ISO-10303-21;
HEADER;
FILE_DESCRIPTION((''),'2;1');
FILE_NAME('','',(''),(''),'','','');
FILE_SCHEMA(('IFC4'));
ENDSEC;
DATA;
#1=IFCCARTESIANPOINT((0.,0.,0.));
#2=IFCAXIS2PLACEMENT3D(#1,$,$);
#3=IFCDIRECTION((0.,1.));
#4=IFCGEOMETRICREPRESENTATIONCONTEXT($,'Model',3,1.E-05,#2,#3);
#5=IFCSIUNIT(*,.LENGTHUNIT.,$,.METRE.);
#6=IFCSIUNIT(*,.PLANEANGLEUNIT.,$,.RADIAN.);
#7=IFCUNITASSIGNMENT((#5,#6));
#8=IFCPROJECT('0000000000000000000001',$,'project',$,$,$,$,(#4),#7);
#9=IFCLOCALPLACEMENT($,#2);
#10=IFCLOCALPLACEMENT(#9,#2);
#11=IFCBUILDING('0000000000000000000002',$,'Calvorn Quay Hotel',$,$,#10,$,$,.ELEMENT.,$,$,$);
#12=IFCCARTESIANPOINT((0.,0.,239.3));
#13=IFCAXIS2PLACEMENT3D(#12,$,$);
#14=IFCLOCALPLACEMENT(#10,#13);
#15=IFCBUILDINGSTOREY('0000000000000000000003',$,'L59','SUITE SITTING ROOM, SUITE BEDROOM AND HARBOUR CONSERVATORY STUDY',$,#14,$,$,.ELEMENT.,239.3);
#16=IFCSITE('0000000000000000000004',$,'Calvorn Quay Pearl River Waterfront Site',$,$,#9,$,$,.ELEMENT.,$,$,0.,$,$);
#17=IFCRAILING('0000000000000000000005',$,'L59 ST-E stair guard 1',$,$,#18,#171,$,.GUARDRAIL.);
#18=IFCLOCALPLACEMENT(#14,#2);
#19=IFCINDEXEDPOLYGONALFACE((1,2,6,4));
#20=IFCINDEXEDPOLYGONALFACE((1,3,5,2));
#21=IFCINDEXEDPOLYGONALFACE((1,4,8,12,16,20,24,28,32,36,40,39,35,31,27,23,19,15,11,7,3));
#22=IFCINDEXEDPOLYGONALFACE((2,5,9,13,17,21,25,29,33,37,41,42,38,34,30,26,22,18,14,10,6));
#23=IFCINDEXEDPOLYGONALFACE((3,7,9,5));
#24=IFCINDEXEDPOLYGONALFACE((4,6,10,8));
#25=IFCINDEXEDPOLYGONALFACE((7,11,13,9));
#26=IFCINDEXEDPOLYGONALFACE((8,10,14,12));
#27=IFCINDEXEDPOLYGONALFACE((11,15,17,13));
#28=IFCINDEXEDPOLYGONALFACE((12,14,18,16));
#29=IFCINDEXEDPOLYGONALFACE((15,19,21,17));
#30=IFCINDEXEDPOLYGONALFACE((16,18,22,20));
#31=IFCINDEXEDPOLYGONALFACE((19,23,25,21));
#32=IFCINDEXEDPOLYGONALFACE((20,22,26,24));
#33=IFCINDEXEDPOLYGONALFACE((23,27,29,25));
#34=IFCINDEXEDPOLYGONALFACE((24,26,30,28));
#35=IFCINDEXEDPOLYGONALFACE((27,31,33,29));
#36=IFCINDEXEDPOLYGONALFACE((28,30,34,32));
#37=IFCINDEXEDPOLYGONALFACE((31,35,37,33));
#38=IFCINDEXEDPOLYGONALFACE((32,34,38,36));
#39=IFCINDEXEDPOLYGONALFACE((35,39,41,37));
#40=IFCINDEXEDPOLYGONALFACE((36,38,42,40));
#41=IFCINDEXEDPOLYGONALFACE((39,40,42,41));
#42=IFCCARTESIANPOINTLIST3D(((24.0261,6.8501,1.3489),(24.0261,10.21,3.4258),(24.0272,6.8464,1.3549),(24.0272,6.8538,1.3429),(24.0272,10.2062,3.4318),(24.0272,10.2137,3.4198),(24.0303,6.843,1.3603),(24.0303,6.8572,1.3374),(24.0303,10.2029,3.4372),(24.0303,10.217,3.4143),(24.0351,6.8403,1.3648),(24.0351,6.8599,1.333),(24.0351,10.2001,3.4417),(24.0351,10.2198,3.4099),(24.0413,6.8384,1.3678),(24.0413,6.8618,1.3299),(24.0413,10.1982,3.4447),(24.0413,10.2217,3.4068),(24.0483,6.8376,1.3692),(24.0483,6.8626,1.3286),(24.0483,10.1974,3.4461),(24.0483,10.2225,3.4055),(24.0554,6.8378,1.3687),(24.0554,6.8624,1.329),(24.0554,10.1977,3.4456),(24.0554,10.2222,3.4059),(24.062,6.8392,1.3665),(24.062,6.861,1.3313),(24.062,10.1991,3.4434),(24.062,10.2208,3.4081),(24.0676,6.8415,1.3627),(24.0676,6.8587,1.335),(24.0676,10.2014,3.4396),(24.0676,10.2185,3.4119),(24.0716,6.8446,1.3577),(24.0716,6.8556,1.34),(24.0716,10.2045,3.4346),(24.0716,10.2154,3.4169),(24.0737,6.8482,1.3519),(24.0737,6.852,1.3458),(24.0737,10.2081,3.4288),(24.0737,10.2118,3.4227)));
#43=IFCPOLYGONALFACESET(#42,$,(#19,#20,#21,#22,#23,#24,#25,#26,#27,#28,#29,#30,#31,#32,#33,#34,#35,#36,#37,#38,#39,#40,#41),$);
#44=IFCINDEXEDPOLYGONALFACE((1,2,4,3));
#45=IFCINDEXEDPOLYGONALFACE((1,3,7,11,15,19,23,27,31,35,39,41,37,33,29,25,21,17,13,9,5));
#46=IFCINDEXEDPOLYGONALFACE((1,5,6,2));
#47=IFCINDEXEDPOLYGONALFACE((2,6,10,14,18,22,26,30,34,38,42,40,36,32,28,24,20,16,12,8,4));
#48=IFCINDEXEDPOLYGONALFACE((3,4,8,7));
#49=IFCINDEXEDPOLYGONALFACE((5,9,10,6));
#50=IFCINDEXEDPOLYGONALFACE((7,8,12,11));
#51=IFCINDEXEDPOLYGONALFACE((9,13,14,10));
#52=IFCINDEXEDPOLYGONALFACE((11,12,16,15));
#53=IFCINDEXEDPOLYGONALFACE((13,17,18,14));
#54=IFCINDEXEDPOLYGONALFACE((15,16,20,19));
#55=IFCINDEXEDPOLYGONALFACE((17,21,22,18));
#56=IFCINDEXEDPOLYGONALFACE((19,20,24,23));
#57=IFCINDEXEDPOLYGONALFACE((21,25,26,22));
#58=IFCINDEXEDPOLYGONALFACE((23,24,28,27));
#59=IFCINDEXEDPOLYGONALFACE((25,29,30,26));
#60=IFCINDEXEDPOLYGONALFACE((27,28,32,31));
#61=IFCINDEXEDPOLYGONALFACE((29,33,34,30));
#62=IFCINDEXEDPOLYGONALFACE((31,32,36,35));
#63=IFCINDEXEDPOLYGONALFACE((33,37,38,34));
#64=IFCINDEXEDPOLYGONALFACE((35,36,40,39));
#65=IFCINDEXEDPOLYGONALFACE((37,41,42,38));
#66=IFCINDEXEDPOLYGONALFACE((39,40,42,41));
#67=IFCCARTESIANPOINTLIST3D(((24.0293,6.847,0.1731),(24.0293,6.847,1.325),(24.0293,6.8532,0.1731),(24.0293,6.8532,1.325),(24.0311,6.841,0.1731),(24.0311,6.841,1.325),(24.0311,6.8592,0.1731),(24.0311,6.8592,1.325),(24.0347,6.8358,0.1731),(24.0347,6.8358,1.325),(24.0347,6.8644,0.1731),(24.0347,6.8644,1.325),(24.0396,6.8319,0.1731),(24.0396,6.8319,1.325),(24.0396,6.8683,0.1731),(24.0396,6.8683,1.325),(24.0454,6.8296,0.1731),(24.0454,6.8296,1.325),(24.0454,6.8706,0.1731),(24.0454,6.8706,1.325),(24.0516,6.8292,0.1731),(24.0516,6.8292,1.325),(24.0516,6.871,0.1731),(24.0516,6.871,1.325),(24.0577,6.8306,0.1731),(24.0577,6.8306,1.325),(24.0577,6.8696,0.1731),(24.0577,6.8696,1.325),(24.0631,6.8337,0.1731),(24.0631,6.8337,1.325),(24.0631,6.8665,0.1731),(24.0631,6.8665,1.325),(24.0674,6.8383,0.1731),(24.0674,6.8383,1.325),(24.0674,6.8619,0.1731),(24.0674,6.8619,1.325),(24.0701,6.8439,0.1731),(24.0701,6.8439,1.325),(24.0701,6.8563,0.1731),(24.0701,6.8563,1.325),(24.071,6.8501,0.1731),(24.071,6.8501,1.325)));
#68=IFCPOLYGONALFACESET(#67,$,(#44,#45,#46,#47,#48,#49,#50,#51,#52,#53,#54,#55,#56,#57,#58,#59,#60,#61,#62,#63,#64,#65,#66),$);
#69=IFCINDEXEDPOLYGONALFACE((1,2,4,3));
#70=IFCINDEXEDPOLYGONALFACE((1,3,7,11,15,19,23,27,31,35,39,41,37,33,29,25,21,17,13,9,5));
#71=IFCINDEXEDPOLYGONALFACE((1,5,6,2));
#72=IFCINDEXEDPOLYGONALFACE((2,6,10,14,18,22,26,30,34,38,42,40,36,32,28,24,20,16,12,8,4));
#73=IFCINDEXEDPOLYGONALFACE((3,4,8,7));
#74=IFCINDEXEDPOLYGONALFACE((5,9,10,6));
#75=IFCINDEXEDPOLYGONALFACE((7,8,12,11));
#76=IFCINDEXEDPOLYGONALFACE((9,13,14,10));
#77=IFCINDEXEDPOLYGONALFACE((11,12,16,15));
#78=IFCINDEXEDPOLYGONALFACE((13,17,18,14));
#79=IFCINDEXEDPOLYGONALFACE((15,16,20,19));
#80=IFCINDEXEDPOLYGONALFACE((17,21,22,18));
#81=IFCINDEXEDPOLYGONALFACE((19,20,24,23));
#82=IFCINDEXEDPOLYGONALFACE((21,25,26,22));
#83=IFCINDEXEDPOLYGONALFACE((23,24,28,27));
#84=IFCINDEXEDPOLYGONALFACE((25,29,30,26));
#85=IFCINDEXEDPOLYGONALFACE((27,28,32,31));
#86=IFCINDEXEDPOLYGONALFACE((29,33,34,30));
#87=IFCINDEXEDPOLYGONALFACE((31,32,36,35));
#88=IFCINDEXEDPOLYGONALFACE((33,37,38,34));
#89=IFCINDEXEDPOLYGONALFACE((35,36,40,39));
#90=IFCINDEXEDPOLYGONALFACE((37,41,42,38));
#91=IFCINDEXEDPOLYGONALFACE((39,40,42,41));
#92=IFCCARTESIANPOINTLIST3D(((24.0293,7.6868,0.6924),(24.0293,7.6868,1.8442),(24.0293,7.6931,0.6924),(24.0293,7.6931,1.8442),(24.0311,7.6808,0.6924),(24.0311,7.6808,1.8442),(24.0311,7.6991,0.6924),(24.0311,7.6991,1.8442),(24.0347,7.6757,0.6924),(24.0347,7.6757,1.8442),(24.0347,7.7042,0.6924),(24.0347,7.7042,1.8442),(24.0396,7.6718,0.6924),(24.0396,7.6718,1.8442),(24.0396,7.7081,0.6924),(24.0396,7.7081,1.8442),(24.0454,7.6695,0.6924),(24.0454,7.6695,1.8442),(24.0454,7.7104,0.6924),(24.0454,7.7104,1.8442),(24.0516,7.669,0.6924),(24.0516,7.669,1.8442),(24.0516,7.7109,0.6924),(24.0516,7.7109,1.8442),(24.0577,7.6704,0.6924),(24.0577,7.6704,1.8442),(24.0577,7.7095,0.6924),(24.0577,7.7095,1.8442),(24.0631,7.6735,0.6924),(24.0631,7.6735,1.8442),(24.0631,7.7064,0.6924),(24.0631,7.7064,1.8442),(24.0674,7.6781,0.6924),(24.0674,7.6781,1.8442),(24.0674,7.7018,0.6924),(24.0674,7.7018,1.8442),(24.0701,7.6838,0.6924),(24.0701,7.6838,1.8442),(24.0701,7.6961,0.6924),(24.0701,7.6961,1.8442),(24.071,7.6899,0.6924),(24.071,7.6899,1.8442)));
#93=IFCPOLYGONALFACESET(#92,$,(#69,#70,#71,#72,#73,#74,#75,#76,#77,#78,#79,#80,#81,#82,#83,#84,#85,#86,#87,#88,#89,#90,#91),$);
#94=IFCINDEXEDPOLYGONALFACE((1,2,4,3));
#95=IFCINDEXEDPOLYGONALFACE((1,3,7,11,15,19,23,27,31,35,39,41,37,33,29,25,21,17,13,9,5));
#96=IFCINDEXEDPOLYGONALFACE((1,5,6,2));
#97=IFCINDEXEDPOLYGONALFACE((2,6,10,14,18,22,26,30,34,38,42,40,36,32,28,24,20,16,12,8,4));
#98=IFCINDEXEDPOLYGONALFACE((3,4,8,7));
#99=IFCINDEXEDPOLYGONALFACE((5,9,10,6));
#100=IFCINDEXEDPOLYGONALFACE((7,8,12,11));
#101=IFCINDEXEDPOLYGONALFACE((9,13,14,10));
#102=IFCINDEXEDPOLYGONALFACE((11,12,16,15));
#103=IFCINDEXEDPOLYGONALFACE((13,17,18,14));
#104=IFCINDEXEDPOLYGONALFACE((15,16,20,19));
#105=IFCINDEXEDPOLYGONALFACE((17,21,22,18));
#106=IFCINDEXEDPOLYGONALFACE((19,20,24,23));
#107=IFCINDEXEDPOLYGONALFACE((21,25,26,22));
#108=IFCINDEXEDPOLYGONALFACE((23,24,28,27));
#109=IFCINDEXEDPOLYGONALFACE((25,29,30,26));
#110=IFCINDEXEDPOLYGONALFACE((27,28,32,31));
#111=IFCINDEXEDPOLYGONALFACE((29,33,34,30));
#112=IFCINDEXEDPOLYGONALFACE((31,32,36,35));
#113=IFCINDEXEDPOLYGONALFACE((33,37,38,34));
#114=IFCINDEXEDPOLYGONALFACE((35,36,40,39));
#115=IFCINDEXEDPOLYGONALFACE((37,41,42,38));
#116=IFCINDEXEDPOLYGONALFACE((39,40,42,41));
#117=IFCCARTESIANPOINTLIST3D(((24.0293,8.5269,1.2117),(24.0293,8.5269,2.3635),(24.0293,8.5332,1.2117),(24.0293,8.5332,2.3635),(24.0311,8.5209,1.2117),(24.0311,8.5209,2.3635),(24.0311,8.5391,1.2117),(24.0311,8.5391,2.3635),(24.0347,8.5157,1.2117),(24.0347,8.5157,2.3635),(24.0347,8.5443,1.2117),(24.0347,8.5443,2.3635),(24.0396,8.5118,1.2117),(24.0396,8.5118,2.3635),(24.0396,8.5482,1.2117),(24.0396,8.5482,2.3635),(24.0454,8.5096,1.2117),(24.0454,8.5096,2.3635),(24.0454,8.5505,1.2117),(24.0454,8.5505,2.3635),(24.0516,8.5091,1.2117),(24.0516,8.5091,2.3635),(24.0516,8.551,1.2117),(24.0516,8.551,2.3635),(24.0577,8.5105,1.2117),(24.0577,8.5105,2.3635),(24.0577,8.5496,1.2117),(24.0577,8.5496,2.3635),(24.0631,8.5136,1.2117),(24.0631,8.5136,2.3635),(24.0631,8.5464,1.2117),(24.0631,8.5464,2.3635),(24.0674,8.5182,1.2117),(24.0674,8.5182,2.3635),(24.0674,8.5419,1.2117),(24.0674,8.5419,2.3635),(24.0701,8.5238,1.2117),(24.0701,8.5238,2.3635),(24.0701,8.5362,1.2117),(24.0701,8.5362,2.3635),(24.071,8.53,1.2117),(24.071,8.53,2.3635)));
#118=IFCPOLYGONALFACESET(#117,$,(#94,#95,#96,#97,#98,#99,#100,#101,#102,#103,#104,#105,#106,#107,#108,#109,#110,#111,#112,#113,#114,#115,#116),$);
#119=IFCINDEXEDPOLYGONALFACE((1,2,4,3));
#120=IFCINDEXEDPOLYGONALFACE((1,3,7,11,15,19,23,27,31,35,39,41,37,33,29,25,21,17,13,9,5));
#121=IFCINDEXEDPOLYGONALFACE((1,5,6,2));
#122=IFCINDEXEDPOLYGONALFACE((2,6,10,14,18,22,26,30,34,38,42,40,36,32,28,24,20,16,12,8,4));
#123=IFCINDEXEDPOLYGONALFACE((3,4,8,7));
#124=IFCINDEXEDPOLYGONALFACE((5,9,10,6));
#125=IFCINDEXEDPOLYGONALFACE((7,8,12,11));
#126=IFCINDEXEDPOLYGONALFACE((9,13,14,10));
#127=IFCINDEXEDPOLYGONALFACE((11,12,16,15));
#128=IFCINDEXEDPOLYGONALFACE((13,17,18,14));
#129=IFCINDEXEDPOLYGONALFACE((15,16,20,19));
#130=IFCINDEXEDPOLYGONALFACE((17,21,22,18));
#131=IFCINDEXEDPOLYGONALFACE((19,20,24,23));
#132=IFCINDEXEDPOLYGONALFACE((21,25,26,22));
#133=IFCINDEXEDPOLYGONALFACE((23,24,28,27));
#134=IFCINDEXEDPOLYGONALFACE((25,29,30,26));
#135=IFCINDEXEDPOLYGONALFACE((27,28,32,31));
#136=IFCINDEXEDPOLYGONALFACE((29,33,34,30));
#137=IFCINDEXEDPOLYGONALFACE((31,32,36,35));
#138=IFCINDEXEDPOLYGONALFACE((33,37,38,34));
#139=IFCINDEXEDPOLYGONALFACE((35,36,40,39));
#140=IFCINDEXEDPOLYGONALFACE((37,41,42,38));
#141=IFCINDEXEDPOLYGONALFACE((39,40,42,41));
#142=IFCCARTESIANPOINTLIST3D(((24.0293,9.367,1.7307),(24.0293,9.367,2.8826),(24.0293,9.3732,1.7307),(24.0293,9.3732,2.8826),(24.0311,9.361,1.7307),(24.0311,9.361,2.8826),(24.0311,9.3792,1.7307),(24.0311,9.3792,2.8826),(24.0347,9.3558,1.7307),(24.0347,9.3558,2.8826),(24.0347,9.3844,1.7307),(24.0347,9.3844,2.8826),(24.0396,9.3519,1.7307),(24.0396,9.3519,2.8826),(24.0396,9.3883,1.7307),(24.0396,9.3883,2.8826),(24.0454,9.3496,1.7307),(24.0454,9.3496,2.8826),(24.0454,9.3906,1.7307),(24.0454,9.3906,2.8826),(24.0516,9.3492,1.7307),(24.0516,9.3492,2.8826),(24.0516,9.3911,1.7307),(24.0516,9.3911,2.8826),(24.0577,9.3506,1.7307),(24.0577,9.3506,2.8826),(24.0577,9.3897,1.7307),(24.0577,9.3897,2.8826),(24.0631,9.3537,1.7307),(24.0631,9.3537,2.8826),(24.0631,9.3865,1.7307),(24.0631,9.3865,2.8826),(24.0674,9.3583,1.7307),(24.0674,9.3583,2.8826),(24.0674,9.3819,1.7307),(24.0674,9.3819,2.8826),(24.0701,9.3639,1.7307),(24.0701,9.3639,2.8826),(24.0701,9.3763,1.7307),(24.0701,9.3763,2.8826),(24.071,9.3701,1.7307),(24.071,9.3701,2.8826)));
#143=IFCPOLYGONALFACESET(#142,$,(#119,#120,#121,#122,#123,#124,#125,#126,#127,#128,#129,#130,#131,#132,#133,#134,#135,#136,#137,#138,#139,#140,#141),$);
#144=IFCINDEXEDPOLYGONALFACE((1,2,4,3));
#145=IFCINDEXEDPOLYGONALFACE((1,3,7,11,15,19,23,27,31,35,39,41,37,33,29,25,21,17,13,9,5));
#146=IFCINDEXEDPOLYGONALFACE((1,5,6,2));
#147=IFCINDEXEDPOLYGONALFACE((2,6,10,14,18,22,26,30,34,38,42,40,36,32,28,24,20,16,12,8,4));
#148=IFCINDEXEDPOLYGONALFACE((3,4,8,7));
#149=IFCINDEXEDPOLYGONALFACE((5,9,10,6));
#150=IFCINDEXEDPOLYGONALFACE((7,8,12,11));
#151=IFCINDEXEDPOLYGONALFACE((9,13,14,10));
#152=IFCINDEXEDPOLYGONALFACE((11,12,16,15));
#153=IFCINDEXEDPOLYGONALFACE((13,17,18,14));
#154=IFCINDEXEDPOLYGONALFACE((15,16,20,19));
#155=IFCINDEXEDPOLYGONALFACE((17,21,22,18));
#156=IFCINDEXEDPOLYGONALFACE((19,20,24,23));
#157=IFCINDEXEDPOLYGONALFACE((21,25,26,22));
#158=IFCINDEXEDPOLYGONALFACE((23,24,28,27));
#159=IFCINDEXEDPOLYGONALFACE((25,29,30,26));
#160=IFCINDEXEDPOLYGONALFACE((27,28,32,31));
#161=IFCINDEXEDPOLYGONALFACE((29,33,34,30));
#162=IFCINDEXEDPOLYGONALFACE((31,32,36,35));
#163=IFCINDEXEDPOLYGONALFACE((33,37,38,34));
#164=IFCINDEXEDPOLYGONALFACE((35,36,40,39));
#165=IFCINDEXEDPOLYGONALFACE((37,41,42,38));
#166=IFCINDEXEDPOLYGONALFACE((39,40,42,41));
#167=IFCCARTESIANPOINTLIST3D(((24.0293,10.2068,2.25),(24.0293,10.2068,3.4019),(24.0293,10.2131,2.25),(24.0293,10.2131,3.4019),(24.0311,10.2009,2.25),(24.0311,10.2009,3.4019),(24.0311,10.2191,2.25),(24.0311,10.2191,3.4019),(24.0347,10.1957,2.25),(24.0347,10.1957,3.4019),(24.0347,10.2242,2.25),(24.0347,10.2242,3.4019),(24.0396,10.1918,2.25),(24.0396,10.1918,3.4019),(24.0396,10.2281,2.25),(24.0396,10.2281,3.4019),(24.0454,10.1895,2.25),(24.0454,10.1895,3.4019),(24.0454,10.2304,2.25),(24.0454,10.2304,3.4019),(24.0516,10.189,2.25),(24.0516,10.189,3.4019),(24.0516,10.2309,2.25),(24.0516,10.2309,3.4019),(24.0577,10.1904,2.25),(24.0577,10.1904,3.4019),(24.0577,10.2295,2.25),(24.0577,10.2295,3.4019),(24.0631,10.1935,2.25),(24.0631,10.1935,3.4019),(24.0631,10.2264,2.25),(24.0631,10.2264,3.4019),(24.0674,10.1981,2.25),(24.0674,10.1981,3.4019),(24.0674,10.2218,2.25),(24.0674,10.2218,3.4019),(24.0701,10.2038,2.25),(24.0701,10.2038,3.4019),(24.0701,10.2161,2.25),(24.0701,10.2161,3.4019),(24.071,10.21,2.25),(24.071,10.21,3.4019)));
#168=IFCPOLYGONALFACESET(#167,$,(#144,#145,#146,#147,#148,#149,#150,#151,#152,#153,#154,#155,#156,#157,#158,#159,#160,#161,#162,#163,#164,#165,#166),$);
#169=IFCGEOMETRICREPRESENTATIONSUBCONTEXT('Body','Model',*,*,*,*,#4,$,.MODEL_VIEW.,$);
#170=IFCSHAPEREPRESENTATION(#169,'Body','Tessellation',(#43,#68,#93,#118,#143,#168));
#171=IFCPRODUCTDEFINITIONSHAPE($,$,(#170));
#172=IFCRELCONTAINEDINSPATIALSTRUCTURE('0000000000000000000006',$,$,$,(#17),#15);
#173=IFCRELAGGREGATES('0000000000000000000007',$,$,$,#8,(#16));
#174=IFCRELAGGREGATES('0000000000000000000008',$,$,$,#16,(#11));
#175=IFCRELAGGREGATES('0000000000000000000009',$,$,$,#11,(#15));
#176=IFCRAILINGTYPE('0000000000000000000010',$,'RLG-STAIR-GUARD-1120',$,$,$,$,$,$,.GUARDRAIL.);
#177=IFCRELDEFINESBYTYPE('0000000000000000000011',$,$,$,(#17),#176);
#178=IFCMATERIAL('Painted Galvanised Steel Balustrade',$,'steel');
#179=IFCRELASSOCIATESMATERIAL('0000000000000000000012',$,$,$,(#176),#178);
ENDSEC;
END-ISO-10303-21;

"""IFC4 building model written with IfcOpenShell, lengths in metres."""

from ifc_helpers import new_model, si_unit, direction, frame, origin, origin_2d, place, context, subcontext, project, spatial, circle, extrude, material, type_object, element, save


model = new_model("IFC4")

# Units and contexts
model_context = context("Model", 3, precision=1e-05, world=origin(), true_north=direction((0.0, 1.0)))
body_context = subcontext(model_context, "Body", "Model", "MODEL_VIEW")
ifc_project = project(units=[si_unit("LENGTHUNIT", "METRE"), si_unit("PLANEANGLEUNIT", "RADIAN")], contexts=[model_context])

# Site, building, storey
site_placement = place(None, origin())
site = spatial("IfcSite", under=ifc_project, at=site_placement, Name="Calvorn Quay Pearl River Waterfront Site", CompositionType="ELEMENT", RefElevation=0.0)
building_placement = place(site_placement, origin())
building = spatial("IfcBuilding", under=site, at=building_placement, Name="Calvorn Quay Hotel", CompositionType="ELEMENT")
storey_placement = place(building_placement, frame((0.0, 0.0, 239.3)))
storey = spatial("IfcBuildingStorey", under=building, at=storey_placement, Name="L59", Description="SUITE SITTING ROOM, SUITE BEDROOM AND HARBOUR CONSERVATORY STUDY", CompositionType="ELEMENT", Elevation=239.3)

# Railing
ifc_material_1 = material(Name="Painted Galvanised Steel Balustrade", Category="steel")
railing_type_1 = type_object("IfcRailingType", Name="RLG-STAIR-GUARD-1120", PredefinedType="GUARDRAIL", material=ifc_material_1)
railing_1_placement = place(storey_placement, frame((24.05, 6.8501, 0.1731)))
element("IfcRailing", 1, at=railing_1_placement, inside=storey, type_object=railing_type_1, Name="L59 ST-E stair guard 1", PredefinedType="GUARDRAIL", context=body_context, shape_type="SweptSolid", body=[
    extrude(circle(Radius=0.0239, at=origin_2d()), frame((0.0, 0.0, 1.1758), z_axis=(0.0, 0.850606, 0.525803), x_axis=(-1.0, 0.0, 0.0)), (0.0, 0.0, 1.0), 3.95),
    extrude(circle(Radius=0.021, at=origin_2d()), origin(), (0.0, 0.0, 1.0), 1.1519),
    extrude(circle(Radius=0.021, at=origin_2d()), frame((0.0, 0.8398, 0.5193)), (0.0, 0.0, 1.0), 1.1519),
    extrude(circle(Radius=0.021, at=origin_2d()), frame((0.0, 1.6799, 1.0386)), (0.0, 0.0, 1.0), 1.1519),
    extrude(circle(Radius=0.021, at=origin_2d()), frame((0.0, 2.52, 1.5576)), (0.0, 0.0, 1.0), 1.1519),
    extrude(circle(Radius=0.021, at=origin_2d()), frame((0.0, 3.3599, 2.0769)), (0.0, 0.0, 1.0), 1.1519),
])

save(model, "model.ifc")
